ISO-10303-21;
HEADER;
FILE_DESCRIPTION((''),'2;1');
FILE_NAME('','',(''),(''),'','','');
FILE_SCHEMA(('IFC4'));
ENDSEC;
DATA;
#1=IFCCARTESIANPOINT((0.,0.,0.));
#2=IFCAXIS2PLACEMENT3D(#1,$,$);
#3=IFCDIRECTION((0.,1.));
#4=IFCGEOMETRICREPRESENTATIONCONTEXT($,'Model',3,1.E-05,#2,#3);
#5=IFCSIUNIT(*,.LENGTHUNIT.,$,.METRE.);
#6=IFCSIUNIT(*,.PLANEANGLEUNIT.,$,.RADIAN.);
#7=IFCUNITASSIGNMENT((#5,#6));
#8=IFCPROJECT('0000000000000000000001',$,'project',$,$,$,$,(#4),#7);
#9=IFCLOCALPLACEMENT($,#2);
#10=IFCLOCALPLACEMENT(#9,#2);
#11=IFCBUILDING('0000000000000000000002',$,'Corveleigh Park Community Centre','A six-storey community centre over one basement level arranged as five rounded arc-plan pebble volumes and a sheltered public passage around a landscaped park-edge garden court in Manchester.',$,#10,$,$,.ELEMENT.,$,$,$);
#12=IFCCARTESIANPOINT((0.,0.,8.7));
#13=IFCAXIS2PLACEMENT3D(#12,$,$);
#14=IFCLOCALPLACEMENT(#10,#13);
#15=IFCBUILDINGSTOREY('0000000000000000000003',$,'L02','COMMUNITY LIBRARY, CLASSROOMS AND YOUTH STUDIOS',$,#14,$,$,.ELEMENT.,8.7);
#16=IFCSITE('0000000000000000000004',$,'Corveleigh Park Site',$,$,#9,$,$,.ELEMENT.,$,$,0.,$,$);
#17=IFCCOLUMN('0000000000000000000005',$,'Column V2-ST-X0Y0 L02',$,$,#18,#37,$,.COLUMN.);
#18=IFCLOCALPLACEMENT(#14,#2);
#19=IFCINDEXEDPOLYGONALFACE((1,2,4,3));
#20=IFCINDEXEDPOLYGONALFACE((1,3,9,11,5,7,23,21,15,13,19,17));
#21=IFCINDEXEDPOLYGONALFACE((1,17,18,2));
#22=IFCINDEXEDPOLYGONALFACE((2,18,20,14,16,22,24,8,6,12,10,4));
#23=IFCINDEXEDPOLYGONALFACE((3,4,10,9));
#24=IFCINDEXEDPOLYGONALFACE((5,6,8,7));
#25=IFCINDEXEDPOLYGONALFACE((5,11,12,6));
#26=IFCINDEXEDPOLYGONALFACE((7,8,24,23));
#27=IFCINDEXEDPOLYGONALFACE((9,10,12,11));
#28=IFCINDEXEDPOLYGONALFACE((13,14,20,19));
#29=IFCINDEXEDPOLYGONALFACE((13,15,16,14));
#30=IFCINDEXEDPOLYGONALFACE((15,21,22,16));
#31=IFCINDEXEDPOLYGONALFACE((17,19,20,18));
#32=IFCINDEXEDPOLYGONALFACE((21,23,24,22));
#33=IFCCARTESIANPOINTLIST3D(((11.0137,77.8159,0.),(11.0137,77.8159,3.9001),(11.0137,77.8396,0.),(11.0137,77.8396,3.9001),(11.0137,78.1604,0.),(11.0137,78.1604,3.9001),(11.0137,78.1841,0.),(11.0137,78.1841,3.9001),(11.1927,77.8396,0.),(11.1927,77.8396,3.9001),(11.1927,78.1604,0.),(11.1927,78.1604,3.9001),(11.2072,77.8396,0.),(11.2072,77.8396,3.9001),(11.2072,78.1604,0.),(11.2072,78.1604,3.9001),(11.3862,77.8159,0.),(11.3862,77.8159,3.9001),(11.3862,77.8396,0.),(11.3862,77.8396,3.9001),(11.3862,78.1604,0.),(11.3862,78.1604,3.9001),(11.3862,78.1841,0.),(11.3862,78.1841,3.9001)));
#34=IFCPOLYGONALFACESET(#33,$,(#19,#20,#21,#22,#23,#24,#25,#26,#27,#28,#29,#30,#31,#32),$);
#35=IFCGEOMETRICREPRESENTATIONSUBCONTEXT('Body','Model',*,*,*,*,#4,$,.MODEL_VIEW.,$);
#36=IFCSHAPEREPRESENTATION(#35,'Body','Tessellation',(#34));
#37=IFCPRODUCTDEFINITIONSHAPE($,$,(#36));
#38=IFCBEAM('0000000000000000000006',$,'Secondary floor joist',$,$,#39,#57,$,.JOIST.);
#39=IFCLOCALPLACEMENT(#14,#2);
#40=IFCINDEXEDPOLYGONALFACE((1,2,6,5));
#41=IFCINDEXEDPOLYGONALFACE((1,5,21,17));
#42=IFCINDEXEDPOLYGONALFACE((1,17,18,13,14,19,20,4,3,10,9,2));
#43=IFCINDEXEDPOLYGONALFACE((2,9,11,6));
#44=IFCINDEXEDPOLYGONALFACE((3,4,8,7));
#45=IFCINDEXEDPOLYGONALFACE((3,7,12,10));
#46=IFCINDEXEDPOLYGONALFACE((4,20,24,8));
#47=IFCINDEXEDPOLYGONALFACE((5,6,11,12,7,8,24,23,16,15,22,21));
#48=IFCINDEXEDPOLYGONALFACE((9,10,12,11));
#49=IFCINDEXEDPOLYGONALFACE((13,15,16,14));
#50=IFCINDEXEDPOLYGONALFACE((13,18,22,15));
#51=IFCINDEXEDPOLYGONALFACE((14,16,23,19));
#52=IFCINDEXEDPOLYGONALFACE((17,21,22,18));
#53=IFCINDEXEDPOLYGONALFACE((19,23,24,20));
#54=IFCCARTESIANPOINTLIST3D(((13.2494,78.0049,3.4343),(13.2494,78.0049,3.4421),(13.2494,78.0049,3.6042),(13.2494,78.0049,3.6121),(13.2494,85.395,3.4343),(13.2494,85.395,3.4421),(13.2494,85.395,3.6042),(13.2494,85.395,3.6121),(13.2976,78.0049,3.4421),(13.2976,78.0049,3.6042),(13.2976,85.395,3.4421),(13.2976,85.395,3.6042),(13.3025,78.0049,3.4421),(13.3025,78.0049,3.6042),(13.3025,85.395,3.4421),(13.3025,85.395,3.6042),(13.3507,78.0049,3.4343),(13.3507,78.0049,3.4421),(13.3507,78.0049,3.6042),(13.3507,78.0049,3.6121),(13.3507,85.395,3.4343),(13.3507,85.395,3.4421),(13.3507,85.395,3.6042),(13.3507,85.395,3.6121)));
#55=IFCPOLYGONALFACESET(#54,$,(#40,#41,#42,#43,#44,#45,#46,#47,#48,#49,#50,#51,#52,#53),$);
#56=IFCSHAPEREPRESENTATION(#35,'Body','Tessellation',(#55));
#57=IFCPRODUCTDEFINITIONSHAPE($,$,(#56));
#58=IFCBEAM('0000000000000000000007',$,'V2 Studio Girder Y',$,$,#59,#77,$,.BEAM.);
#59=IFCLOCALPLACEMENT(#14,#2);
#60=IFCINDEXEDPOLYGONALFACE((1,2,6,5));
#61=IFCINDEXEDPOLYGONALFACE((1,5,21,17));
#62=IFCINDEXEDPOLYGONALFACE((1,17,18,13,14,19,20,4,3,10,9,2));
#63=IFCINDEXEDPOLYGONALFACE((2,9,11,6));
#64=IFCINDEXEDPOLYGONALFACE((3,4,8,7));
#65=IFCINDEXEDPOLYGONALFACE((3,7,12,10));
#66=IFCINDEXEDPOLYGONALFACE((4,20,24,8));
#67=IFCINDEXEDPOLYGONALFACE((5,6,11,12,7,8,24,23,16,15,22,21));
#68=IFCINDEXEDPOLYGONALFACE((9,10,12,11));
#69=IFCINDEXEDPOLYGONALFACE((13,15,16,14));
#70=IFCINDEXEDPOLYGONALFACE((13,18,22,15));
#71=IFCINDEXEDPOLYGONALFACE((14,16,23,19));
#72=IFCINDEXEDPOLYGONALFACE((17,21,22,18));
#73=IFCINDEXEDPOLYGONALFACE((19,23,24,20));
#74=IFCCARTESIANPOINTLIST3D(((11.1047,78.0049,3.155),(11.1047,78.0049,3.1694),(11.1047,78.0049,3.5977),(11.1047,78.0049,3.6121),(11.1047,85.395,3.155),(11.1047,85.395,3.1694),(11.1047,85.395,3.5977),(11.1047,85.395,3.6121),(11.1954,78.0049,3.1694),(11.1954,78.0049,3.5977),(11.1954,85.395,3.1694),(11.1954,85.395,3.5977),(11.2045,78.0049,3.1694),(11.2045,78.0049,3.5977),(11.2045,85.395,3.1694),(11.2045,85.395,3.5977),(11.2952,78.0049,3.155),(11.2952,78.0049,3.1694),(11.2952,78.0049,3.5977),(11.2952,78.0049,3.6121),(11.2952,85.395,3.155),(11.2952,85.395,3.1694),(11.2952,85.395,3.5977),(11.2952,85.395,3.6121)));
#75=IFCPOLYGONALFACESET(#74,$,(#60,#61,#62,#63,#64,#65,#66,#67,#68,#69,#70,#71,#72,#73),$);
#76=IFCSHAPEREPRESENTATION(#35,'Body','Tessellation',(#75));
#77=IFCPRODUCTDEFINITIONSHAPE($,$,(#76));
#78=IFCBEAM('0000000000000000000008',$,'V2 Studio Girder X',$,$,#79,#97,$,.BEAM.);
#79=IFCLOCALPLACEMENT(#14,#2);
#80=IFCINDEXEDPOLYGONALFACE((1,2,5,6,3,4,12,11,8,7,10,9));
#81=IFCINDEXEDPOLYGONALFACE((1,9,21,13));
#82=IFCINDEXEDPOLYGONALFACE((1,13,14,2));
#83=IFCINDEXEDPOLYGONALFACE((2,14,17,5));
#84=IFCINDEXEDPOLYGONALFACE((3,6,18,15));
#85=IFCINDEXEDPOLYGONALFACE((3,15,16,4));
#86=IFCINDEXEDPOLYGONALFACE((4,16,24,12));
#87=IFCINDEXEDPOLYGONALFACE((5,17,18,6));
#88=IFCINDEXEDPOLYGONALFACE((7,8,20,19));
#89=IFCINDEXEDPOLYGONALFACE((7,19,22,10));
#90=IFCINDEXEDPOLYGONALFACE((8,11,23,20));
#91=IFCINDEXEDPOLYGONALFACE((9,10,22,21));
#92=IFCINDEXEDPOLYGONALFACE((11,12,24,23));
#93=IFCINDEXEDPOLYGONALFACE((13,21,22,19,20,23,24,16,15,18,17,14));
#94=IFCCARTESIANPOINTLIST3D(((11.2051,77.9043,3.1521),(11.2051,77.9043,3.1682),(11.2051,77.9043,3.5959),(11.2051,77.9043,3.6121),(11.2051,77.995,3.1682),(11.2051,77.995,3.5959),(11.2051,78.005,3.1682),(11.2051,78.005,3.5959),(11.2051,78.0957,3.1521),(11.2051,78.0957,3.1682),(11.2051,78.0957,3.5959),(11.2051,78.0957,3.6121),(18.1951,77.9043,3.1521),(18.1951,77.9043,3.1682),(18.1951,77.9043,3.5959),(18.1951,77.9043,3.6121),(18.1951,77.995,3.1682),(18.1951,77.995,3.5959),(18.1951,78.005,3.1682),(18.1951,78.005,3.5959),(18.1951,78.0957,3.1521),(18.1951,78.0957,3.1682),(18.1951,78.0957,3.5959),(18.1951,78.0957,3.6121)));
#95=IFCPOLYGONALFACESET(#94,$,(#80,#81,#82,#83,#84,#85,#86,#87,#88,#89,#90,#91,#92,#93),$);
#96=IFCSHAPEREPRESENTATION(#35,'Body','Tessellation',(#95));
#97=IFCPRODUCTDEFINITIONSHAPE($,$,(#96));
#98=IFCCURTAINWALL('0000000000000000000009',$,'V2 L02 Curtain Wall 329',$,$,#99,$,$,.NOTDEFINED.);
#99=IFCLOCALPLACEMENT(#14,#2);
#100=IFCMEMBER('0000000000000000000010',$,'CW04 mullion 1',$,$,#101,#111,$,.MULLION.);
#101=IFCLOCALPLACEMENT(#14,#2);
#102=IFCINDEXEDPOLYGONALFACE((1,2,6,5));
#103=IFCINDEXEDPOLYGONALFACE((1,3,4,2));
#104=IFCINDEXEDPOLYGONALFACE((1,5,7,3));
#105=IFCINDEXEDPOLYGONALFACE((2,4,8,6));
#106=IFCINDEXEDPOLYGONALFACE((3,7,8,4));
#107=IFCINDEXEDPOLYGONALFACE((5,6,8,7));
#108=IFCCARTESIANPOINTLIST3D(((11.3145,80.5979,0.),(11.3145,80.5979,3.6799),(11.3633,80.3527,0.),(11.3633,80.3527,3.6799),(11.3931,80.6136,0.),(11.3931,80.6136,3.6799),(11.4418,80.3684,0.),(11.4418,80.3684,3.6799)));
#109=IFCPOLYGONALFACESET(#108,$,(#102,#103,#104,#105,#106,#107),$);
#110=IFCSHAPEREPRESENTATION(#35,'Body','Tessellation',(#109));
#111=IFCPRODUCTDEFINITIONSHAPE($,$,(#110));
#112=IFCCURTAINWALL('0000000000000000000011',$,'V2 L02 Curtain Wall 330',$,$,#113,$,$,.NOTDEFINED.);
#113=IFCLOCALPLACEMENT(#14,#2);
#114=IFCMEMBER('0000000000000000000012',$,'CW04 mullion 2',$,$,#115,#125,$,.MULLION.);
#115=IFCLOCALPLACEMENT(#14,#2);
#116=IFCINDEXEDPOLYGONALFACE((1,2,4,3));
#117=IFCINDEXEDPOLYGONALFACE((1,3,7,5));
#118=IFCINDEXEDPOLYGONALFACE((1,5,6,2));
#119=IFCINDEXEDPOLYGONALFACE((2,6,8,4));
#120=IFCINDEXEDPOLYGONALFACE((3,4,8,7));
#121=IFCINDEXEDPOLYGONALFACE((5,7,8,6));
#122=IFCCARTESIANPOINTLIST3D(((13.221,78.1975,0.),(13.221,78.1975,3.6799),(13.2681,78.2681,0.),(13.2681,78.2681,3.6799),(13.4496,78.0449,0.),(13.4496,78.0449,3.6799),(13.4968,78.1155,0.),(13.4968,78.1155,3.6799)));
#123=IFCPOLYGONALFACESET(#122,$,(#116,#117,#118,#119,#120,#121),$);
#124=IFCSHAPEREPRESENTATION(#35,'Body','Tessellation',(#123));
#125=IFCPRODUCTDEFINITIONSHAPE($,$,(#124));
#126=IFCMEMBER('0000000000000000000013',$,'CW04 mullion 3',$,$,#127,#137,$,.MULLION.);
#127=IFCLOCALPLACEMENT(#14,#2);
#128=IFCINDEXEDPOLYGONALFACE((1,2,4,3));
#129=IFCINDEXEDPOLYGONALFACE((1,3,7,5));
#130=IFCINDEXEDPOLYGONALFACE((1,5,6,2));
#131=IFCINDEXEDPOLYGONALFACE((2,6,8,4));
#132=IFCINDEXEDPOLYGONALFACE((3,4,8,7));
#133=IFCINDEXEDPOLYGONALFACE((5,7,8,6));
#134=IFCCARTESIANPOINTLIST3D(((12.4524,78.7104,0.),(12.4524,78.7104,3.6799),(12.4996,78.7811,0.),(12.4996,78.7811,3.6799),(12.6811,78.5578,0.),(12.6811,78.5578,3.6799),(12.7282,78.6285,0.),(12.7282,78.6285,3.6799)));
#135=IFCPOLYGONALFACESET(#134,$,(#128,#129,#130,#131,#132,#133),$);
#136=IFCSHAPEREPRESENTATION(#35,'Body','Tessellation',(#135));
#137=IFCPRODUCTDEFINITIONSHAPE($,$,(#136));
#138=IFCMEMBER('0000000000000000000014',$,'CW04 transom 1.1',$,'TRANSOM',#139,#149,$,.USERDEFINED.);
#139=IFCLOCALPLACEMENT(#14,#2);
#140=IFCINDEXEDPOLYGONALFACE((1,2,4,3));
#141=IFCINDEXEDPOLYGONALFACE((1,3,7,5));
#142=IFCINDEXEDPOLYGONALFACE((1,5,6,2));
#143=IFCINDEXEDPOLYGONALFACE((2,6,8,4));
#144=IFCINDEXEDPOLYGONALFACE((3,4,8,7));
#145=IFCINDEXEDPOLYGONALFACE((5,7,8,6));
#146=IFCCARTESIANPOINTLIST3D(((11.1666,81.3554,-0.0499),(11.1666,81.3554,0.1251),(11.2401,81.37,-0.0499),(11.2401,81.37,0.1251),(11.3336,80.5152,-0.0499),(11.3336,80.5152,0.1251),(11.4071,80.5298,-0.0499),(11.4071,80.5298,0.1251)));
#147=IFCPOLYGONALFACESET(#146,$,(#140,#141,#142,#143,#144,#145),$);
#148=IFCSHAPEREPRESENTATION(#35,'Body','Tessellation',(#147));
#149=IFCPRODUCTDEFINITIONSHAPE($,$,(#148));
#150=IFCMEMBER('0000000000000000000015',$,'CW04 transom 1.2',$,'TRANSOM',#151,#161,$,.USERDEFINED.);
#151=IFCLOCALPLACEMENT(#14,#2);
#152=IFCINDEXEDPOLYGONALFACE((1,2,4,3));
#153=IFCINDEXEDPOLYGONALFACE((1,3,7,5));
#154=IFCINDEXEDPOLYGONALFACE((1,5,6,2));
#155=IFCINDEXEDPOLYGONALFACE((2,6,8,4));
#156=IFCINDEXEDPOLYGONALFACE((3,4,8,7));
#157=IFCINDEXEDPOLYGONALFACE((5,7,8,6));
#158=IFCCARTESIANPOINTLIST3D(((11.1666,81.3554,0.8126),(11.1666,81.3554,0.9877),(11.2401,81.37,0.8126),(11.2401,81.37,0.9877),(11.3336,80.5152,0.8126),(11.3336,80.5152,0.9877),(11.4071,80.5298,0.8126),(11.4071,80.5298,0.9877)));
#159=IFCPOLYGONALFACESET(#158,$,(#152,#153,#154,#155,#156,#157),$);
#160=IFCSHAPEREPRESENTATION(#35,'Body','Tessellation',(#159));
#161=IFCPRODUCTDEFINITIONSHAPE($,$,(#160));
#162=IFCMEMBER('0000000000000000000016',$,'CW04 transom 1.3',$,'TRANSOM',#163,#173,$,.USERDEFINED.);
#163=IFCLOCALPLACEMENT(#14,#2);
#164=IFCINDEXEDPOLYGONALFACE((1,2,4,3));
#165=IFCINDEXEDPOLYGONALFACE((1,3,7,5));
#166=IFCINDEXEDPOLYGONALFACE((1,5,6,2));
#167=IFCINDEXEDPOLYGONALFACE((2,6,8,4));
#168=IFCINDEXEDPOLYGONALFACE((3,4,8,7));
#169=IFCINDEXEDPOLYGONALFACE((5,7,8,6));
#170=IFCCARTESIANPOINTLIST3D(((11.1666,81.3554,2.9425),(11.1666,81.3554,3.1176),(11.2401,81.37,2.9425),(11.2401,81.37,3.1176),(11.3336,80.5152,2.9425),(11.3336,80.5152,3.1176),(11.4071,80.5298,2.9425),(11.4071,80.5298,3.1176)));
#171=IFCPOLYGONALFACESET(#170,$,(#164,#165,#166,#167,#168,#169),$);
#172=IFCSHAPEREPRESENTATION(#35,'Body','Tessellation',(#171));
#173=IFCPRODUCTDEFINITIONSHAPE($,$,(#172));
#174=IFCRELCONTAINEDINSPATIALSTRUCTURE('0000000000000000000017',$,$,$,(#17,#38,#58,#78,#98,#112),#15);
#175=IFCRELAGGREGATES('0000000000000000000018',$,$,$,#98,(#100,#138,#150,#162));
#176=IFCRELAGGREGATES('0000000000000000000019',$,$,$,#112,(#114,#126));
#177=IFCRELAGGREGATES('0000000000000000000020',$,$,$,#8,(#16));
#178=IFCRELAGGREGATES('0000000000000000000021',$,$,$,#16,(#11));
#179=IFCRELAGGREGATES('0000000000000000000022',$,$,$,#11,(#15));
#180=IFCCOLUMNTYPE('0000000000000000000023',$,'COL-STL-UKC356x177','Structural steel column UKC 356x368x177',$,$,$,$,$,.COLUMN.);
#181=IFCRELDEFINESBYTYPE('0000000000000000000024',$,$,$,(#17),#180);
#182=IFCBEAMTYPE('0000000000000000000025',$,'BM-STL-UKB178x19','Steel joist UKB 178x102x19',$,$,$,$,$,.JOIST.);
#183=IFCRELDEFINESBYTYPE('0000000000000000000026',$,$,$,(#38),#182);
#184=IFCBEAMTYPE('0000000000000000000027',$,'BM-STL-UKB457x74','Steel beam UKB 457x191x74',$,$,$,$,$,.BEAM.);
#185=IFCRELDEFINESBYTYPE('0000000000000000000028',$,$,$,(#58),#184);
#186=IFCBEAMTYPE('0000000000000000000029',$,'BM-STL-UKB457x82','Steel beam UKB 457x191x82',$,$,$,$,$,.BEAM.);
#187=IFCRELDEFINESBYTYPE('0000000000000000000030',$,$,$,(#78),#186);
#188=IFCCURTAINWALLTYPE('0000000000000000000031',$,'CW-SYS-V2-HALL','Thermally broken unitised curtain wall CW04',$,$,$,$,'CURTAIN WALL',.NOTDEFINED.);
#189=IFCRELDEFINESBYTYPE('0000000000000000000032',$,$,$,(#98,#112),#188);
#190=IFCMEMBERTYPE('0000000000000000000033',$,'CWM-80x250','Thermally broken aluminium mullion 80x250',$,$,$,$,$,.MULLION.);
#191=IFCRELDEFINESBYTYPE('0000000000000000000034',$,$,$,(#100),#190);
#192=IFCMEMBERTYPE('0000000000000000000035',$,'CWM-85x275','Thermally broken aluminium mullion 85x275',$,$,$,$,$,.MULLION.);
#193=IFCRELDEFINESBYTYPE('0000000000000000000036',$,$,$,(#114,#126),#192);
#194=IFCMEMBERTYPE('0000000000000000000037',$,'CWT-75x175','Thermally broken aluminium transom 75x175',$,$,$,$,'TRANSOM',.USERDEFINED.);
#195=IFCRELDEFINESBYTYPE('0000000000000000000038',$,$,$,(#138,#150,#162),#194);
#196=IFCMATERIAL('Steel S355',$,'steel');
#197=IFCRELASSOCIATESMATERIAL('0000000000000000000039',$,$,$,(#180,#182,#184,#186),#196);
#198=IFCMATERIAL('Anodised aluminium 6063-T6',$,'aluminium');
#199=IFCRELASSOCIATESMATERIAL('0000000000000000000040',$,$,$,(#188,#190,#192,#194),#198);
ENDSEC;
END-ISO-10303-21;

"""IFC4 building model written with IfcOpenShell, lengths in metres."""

from ifc_helpers import new_model, si_unit, direction, frame, origin, origin_2d, place, context, subcontext, project, spatial, rectangle, i_section, extrude, material, material_profile, profile_set, type_object, element, aggregate, save


model = new_model("IFC4")

# Units and contexts
model_context = context("Model", 3, precision=1e-05, world=origin(), true_north=direction((0.0, 1.0)))
body_context = subcontext(model_context, "Body", "Model", "MODEL_VIEW")
ifc_project = project(units=[si_unit("LENGTHUNIT", "METRE"), si_unit("PLANEANGLEUNIT", "RADIAN")], contexts=[model_context])

# Site, building, storey
site_placement = place(None, origin())
site = spatial("IfcSite", under=ifc_project, at=site_placement, Name="Corveleigh Park Site", CompositionType="ELEMENT", RefElevation=0.0)
building_placement = place(site_placement, origin())
building = spatial("IfcBuilding", under=site, at=building_placement, Name="Corveleigh Park Community Centre", Description="A six-storey community centre over one basement level arranged as five rounded arc-plan pebble volumes and a sheltered public passage around a landscaped park-edge garden court in Manchester.", CompositionType="ELEMENT")
storey_placement = place(building_placement, frame((0.0, 0.0, 8.7)))
storey = spatial("IfcBuildingStorey", under=building, at=storey_placement, Name="L02", Description="COMMUNITY LIBRARY, CLASSROOMS AND YOUTH STUDIOS", CompositionType="ELEMENT", Elevation=8.7)

# Column
ifc_material_1 = material(Name="Steel S355", Category="steel")
ifc_material_profile_1 = material_profile(ifc_material_1, i_section(OverallWidth=0.3726, OverallDepth=0.3682, WebThickness=0.0144, FlangeThickness=0.0237, at=origin_2d()), Name="UKC 356x368x177", Category="steel")
ifc_profile_set_1 = profile_set([ifc_material_profile_1], Name="Steel S355")
column_type = type_object("IfcColumnType", Name="COL-STL-UKC356x177", Description="Structural steel column UKC 356x368x177", PredefinedType="COLUMN", material=ifc_profile_set_1)
column_placement = place(storey_placement, frame((11.2, 78.0, 0.0), z_axis=(0.0, 0.0, 1.0), x_axis=(1.0, 0.0, 0.0)))
element("IfcColumn", 1, at=column_placement, inside=storey, type_object=column_type, Name="Column V2-ST-X0Y0 L02", PredefinedType="COLUMN", context=body_context, shape_type="SweptSolid", body=[
    extrude(i_section(OverallWidth=0.3726, OverallDepth=0.3682, WebThickness=0.0144, FlangeThickness=0.0237, at=origin_2d()), origin(), (0.0, 0.0, 1.0), 3.9001),
])

# Beams
ifc_material_profile_2 = material_profile(ifc_material_1, i_section(OverallWidth=0.1013, OverallDepth=0.1777, WebThickness=0.0049, FlangeThickness=0.0078, at=origin_2d()), Name="UKB 178x102x19", Category="steel")
ifc_profile_set_2 = profile_set([ifc_material_profile_2], Name="Steel S355")
beam_type_1 = type_object("IfcBeamType", Name="BM-STL-UKB178x19", Description="Steel joist UKB 178x102x19", PredefinedType="JOIST", material=ifc_profile_set_2)
beam_1_placement = place(storey_placement, frame((13.3, 78.0049, 3.5232), z_axis=(0.0, 1.0, 0.0), x_axis=(-1.0, 0.0, 0.0)))
element("IfcBeam", 2, at=beam_1_placement, inside=storey, type_object=beam_type_1, Name="Secondary floor joist", PredefinedType="JOIST", context=body_context, shape_type="SweptSolid", body=[
    extrude(i_section(OverallWidth=0.1013, OverallDepth=0.1777, WebThickness=0.0049, FlangeThickness=0.0078, at=origin_2d()), origin(), (0.0, 0.0, 1.0), 7.3901),
])
ifc_material_profile_3 = material_profile(ifc_material_1, i_section(OverallWidth=0.1904, OverallDepth=0.457, WebThickness=0.009, FlangeThickness=0.0144, at=origin_2d()), Name="UKB 457x191x74", Category="steel")
ifc_profile_set_3 = profile_set([ifc_material_profile_3], Name="Steel S355")
beam_type_2 = type_object("IfcBeamType", Name="BM-STL-UKB457x74", Description="Steel beam UKB 457x191x74", PredefinedType="BEAM", material=ifc_profile_set_3)
beam_2_placement = place(storey_placement, frame((11.2, 78.0049, 3.3835), z_axis=(0.0, 1.0, 0.0), x_axis=(-1.0, 0.0, 0.0)))
element("IfcBeam", 3, at=beam_2_placement, inside=storey, type_object=beam_type_2, Name="V2 Studio Girder Y", PredefinedType="BEAM", context=body_context, shape_type="SweptSolid", body=[
    extrude(i_section(OverallWidth=0.1904, OverallDepth=0.457, WebThickness=0.009, FlangeThickness=0.0144, at=origin_2d()), origin(), (0.0, 0.0, 1.0), 7.3901),
])
ifc_material_profile_4 = material_profile(ifc_material_1, i_section(OverallWidth=0.1914, OverallDepth=0.46, WebThickness=0.01, FlangeThickness=0.0161, at=origin_2d()), Name="UKB 457x191x82", Category="steel")
ifc_profile_set_4 = profile_set([ifc_material_profile_4], Name="Steel S355")
beam_type_3 = type_object("IfcBeamType", Name="BM-STL-UKB457x82", Description="Steel beam UKB 457x191x82", PredefinedType="BEAM", material=ifc_profile_set_4)
beam_3_placement = place(storey_placement, frame((11.2051, 78.0, 3.3821), z_axis=(1.0, 0.0, 0.0), x_axis=(0.0, 1.0, 0.0)))
element("IfcBeam", 4, at=beam_3_placement, inside=storey, type_object=beam_type_3, Name="V2 Studio Girder X", PredefinedType="BEAM", context=body_context, shape_type="SweptSolid", body=[
    extrude(i_section(OverallWidth=0.1914, OverallDepth=0.46, WebThickness=0.01, FlangeThickness=0.0161, at=origin_2d()), origin(), (0.0, 0.0, 1.0), 6.99),
])

# Curtain wall, member
ifc_material_2 = material(Name="Anodised aluminium 6063-T6", Category="aluminium")
curtain_wall_type = type_object("IfcCurtainWallType", Name="CW-SYS-V2-HALL", Description="Thermally broken unitised curtain wall CW04", ElementType="CURTAIN WALL", PredefinedType="NOTDEFINED", material=ifc_material_2)
curtain_wall_1_placement = place(storey_placement, origin())
curtain_wall_1 = element("IfcCurtainWall", 5, at=curtain_wall_1_placement, inside=storey, type_object=curtain_wall_type, Name="V2 L02 Curtain Wall 329", PredefinedType="NOTDEFINED")
ifc_material_profile_5 = material_profile(ifc_material_2, rectangle(XDim=0.0801, YDim=0.25, at=origin_2d()), Name="ALU-M80x250", Category="aluminium")
ifc_profile_set_5 = profile_set([ifc_material_profile_5], Name="Anodised aluminium 6063-T6")
member_type_1 = type_object("IfcMemberType", Name="CWM-80x250", Description="Thermally broken aluminium mullion 80x250", PredefinedType="MULLION", material=ifc_profile_set_5)
member_1_placement = place(storey_placement, frame((11.3782, 80.4832, 0.0), z_axis=(0.0, 0.0, 1.0), x_axis=(-0.980797, -0.195033, 0.0)))
member_1 = element("IfcMember", 6, at=member_1_placement, type_object=member_type_1, Name="CW04 mullion 1", PredefinedType="MULLION", context=body_context, shape_type="SweptSolid", body=[
    extrude(rectangle(XDim=0.0801, YDim=0.25, at=origin_2d()), origin(), (0.0, 0.0, 1.0), 3.6799),
])

# Curtain wall, members
curtain_wall_2_placement = place(storey_placement, origin())
curtain_wall_2 = element("IfcCurtainWall", 7, at=curtain_wall_2_placement, inside=storey, type_object=curtain_wall_type, Name="V2 L02 Curtain Wall 330", PredefinedType="NOTDEFINED")
ifc_material_profile_6 = material_profile(ifc_material_2, rectangle(XDim=0.085, YDim=0.2749, at=origin_2d()), Name="ALU-M85x275", Category="aluminium")
ifc_profile_set_6 = profile_set([ifc_material_profile_6], Name="Anodised aluminium 6063-T6")
member_type_2 = type_object("IfcMemberType", Name="CWM-85x275", Description="Thermally broken aluminium mullion 85x275", PredefinedType="MULLION", material=ifc_profile_set_6)
member_2_placement = place(storey_placement, frame((13.3589, 78.1565, 0.0), z_axis=(0.0, 0.0, 1.0), x_axis=(-0.555058, -0.831811, 0.0)))
member_2 = element("IfcMember", 8, at=member_2_placement, type_object=member_type_2, Name="CW04 mullion 2", PredefinedType="MULLION", context=body_context, shape_type="SweptSolid", body=[
    extrude(rectangle(XDim=0.085, YDim=0.2749, at=origin_2d()), origin(), (0.0, 0.0, 1.0), 3.6799),
])
member_3_placement = place(storey_placement, frame((12.5903, 78.6694, 0.0), z_axis=(0.0, 0.0, 1.0), x_axis=(-0.555058, -0.831811, 0.0)))
member_3 = element("IfcMember", 9, at=member_3_placement, type_object=member_type_2, Name="CW04 mullion 3", PredefinedType="MULLION", context=body_context, shape_type="SweptSolid", body=[
    extrude(rectangle(XDim=0.085, YDim=0.2749, at=origin_2d()), origin(), (0.0, 0.0, 1.0), 3.6799),
])

# Members
ifc_material_profile_7 = material_profile(ifc_material_2, rectangle(XDim=0.075, YDim=0.175, at=origin_2d()), Name="ALU-T75x175", Category="aluminium")
ifc_profile_set_7 = profile_set([ifc_material_profile_7], Name="Anodised aluminium 6063-T6")
member_type_3 = type_object("IfcMemberType", Name="CWT-75x175", Description="Thermally broken aluminium transom 75x175", ElementType="TRANSOM", PredefinedType="USERDEFINED", material=ifc_profile_set_7)
member_4_placement = place(storey_placement, frame((11.3704, 80.5225, 0.0376), z_axis=(-0.19491, 0.980821, 0.0), x_axis=(-0.980821, -0.19491, 0.0)))
member_4 = element("IfcMember", 10, at=member_4_placement, type_object=member_type_3, Name="CW04 transom 1.1", ObjectType="TRANSOM", PredefinedType="USERDEFINED", context=body_context, shape_type="SweptSolid", body=[
    extrude(rectangle(XDim=0.075, YDim=0.175, at=origin_2d()), origin(), (0.0, 0.0, 1.0), 0.8567),
])
member_5_placement = place(storey_placement, frame((11.3704, 80.5225, 0.9001), z_axis=(-0.19491, 0.980821, 0.0), x_axis=(-0.980821, -0.19491, 0.0)))
member_5 = element("IfcMember", 11, at=member_5_placement, type_object=member_type_3, Name="CW04 transom 1.2", ObjectType="TRANSOM", PredefinedType="USERDEFINED", context=body_context, shape_type="SweptSolid", body=[
    extrude(rectangle(XDim=0.075, YDim=0.175, at=origin_2d()), origin(), (0.0, 0.0, 1.0), 0.8567),
])
member_6_placement = place(storey_placement, frame((11.3704, 80.5225, 3.03), z_axis=(-0.19491, 0.980821, 0.0), x_axis=(-0.980821, -0.19491, 0.0)))
member_6 = element("IfcMember", 12, at=member_6_placement, type_object=member_type_3, Name="CW04 transom 1.3", ObjectType="TRANSOM", PredefinedType="USERDEFINED", context=body_context, shape_type="SweptSolid", body=[
    extrude(rectangle(XDim=0.075, YDim=0.175, at=origin_2d()), origin(), (0.0, 0.0, 1.0), 0.8567),
])

aggregate(curtain_wall_1, [member_1, member_4, member_5, member_6])
aggregate(curtain_wall_2, [member_2, member_3])

save(model, "model.ifc")
